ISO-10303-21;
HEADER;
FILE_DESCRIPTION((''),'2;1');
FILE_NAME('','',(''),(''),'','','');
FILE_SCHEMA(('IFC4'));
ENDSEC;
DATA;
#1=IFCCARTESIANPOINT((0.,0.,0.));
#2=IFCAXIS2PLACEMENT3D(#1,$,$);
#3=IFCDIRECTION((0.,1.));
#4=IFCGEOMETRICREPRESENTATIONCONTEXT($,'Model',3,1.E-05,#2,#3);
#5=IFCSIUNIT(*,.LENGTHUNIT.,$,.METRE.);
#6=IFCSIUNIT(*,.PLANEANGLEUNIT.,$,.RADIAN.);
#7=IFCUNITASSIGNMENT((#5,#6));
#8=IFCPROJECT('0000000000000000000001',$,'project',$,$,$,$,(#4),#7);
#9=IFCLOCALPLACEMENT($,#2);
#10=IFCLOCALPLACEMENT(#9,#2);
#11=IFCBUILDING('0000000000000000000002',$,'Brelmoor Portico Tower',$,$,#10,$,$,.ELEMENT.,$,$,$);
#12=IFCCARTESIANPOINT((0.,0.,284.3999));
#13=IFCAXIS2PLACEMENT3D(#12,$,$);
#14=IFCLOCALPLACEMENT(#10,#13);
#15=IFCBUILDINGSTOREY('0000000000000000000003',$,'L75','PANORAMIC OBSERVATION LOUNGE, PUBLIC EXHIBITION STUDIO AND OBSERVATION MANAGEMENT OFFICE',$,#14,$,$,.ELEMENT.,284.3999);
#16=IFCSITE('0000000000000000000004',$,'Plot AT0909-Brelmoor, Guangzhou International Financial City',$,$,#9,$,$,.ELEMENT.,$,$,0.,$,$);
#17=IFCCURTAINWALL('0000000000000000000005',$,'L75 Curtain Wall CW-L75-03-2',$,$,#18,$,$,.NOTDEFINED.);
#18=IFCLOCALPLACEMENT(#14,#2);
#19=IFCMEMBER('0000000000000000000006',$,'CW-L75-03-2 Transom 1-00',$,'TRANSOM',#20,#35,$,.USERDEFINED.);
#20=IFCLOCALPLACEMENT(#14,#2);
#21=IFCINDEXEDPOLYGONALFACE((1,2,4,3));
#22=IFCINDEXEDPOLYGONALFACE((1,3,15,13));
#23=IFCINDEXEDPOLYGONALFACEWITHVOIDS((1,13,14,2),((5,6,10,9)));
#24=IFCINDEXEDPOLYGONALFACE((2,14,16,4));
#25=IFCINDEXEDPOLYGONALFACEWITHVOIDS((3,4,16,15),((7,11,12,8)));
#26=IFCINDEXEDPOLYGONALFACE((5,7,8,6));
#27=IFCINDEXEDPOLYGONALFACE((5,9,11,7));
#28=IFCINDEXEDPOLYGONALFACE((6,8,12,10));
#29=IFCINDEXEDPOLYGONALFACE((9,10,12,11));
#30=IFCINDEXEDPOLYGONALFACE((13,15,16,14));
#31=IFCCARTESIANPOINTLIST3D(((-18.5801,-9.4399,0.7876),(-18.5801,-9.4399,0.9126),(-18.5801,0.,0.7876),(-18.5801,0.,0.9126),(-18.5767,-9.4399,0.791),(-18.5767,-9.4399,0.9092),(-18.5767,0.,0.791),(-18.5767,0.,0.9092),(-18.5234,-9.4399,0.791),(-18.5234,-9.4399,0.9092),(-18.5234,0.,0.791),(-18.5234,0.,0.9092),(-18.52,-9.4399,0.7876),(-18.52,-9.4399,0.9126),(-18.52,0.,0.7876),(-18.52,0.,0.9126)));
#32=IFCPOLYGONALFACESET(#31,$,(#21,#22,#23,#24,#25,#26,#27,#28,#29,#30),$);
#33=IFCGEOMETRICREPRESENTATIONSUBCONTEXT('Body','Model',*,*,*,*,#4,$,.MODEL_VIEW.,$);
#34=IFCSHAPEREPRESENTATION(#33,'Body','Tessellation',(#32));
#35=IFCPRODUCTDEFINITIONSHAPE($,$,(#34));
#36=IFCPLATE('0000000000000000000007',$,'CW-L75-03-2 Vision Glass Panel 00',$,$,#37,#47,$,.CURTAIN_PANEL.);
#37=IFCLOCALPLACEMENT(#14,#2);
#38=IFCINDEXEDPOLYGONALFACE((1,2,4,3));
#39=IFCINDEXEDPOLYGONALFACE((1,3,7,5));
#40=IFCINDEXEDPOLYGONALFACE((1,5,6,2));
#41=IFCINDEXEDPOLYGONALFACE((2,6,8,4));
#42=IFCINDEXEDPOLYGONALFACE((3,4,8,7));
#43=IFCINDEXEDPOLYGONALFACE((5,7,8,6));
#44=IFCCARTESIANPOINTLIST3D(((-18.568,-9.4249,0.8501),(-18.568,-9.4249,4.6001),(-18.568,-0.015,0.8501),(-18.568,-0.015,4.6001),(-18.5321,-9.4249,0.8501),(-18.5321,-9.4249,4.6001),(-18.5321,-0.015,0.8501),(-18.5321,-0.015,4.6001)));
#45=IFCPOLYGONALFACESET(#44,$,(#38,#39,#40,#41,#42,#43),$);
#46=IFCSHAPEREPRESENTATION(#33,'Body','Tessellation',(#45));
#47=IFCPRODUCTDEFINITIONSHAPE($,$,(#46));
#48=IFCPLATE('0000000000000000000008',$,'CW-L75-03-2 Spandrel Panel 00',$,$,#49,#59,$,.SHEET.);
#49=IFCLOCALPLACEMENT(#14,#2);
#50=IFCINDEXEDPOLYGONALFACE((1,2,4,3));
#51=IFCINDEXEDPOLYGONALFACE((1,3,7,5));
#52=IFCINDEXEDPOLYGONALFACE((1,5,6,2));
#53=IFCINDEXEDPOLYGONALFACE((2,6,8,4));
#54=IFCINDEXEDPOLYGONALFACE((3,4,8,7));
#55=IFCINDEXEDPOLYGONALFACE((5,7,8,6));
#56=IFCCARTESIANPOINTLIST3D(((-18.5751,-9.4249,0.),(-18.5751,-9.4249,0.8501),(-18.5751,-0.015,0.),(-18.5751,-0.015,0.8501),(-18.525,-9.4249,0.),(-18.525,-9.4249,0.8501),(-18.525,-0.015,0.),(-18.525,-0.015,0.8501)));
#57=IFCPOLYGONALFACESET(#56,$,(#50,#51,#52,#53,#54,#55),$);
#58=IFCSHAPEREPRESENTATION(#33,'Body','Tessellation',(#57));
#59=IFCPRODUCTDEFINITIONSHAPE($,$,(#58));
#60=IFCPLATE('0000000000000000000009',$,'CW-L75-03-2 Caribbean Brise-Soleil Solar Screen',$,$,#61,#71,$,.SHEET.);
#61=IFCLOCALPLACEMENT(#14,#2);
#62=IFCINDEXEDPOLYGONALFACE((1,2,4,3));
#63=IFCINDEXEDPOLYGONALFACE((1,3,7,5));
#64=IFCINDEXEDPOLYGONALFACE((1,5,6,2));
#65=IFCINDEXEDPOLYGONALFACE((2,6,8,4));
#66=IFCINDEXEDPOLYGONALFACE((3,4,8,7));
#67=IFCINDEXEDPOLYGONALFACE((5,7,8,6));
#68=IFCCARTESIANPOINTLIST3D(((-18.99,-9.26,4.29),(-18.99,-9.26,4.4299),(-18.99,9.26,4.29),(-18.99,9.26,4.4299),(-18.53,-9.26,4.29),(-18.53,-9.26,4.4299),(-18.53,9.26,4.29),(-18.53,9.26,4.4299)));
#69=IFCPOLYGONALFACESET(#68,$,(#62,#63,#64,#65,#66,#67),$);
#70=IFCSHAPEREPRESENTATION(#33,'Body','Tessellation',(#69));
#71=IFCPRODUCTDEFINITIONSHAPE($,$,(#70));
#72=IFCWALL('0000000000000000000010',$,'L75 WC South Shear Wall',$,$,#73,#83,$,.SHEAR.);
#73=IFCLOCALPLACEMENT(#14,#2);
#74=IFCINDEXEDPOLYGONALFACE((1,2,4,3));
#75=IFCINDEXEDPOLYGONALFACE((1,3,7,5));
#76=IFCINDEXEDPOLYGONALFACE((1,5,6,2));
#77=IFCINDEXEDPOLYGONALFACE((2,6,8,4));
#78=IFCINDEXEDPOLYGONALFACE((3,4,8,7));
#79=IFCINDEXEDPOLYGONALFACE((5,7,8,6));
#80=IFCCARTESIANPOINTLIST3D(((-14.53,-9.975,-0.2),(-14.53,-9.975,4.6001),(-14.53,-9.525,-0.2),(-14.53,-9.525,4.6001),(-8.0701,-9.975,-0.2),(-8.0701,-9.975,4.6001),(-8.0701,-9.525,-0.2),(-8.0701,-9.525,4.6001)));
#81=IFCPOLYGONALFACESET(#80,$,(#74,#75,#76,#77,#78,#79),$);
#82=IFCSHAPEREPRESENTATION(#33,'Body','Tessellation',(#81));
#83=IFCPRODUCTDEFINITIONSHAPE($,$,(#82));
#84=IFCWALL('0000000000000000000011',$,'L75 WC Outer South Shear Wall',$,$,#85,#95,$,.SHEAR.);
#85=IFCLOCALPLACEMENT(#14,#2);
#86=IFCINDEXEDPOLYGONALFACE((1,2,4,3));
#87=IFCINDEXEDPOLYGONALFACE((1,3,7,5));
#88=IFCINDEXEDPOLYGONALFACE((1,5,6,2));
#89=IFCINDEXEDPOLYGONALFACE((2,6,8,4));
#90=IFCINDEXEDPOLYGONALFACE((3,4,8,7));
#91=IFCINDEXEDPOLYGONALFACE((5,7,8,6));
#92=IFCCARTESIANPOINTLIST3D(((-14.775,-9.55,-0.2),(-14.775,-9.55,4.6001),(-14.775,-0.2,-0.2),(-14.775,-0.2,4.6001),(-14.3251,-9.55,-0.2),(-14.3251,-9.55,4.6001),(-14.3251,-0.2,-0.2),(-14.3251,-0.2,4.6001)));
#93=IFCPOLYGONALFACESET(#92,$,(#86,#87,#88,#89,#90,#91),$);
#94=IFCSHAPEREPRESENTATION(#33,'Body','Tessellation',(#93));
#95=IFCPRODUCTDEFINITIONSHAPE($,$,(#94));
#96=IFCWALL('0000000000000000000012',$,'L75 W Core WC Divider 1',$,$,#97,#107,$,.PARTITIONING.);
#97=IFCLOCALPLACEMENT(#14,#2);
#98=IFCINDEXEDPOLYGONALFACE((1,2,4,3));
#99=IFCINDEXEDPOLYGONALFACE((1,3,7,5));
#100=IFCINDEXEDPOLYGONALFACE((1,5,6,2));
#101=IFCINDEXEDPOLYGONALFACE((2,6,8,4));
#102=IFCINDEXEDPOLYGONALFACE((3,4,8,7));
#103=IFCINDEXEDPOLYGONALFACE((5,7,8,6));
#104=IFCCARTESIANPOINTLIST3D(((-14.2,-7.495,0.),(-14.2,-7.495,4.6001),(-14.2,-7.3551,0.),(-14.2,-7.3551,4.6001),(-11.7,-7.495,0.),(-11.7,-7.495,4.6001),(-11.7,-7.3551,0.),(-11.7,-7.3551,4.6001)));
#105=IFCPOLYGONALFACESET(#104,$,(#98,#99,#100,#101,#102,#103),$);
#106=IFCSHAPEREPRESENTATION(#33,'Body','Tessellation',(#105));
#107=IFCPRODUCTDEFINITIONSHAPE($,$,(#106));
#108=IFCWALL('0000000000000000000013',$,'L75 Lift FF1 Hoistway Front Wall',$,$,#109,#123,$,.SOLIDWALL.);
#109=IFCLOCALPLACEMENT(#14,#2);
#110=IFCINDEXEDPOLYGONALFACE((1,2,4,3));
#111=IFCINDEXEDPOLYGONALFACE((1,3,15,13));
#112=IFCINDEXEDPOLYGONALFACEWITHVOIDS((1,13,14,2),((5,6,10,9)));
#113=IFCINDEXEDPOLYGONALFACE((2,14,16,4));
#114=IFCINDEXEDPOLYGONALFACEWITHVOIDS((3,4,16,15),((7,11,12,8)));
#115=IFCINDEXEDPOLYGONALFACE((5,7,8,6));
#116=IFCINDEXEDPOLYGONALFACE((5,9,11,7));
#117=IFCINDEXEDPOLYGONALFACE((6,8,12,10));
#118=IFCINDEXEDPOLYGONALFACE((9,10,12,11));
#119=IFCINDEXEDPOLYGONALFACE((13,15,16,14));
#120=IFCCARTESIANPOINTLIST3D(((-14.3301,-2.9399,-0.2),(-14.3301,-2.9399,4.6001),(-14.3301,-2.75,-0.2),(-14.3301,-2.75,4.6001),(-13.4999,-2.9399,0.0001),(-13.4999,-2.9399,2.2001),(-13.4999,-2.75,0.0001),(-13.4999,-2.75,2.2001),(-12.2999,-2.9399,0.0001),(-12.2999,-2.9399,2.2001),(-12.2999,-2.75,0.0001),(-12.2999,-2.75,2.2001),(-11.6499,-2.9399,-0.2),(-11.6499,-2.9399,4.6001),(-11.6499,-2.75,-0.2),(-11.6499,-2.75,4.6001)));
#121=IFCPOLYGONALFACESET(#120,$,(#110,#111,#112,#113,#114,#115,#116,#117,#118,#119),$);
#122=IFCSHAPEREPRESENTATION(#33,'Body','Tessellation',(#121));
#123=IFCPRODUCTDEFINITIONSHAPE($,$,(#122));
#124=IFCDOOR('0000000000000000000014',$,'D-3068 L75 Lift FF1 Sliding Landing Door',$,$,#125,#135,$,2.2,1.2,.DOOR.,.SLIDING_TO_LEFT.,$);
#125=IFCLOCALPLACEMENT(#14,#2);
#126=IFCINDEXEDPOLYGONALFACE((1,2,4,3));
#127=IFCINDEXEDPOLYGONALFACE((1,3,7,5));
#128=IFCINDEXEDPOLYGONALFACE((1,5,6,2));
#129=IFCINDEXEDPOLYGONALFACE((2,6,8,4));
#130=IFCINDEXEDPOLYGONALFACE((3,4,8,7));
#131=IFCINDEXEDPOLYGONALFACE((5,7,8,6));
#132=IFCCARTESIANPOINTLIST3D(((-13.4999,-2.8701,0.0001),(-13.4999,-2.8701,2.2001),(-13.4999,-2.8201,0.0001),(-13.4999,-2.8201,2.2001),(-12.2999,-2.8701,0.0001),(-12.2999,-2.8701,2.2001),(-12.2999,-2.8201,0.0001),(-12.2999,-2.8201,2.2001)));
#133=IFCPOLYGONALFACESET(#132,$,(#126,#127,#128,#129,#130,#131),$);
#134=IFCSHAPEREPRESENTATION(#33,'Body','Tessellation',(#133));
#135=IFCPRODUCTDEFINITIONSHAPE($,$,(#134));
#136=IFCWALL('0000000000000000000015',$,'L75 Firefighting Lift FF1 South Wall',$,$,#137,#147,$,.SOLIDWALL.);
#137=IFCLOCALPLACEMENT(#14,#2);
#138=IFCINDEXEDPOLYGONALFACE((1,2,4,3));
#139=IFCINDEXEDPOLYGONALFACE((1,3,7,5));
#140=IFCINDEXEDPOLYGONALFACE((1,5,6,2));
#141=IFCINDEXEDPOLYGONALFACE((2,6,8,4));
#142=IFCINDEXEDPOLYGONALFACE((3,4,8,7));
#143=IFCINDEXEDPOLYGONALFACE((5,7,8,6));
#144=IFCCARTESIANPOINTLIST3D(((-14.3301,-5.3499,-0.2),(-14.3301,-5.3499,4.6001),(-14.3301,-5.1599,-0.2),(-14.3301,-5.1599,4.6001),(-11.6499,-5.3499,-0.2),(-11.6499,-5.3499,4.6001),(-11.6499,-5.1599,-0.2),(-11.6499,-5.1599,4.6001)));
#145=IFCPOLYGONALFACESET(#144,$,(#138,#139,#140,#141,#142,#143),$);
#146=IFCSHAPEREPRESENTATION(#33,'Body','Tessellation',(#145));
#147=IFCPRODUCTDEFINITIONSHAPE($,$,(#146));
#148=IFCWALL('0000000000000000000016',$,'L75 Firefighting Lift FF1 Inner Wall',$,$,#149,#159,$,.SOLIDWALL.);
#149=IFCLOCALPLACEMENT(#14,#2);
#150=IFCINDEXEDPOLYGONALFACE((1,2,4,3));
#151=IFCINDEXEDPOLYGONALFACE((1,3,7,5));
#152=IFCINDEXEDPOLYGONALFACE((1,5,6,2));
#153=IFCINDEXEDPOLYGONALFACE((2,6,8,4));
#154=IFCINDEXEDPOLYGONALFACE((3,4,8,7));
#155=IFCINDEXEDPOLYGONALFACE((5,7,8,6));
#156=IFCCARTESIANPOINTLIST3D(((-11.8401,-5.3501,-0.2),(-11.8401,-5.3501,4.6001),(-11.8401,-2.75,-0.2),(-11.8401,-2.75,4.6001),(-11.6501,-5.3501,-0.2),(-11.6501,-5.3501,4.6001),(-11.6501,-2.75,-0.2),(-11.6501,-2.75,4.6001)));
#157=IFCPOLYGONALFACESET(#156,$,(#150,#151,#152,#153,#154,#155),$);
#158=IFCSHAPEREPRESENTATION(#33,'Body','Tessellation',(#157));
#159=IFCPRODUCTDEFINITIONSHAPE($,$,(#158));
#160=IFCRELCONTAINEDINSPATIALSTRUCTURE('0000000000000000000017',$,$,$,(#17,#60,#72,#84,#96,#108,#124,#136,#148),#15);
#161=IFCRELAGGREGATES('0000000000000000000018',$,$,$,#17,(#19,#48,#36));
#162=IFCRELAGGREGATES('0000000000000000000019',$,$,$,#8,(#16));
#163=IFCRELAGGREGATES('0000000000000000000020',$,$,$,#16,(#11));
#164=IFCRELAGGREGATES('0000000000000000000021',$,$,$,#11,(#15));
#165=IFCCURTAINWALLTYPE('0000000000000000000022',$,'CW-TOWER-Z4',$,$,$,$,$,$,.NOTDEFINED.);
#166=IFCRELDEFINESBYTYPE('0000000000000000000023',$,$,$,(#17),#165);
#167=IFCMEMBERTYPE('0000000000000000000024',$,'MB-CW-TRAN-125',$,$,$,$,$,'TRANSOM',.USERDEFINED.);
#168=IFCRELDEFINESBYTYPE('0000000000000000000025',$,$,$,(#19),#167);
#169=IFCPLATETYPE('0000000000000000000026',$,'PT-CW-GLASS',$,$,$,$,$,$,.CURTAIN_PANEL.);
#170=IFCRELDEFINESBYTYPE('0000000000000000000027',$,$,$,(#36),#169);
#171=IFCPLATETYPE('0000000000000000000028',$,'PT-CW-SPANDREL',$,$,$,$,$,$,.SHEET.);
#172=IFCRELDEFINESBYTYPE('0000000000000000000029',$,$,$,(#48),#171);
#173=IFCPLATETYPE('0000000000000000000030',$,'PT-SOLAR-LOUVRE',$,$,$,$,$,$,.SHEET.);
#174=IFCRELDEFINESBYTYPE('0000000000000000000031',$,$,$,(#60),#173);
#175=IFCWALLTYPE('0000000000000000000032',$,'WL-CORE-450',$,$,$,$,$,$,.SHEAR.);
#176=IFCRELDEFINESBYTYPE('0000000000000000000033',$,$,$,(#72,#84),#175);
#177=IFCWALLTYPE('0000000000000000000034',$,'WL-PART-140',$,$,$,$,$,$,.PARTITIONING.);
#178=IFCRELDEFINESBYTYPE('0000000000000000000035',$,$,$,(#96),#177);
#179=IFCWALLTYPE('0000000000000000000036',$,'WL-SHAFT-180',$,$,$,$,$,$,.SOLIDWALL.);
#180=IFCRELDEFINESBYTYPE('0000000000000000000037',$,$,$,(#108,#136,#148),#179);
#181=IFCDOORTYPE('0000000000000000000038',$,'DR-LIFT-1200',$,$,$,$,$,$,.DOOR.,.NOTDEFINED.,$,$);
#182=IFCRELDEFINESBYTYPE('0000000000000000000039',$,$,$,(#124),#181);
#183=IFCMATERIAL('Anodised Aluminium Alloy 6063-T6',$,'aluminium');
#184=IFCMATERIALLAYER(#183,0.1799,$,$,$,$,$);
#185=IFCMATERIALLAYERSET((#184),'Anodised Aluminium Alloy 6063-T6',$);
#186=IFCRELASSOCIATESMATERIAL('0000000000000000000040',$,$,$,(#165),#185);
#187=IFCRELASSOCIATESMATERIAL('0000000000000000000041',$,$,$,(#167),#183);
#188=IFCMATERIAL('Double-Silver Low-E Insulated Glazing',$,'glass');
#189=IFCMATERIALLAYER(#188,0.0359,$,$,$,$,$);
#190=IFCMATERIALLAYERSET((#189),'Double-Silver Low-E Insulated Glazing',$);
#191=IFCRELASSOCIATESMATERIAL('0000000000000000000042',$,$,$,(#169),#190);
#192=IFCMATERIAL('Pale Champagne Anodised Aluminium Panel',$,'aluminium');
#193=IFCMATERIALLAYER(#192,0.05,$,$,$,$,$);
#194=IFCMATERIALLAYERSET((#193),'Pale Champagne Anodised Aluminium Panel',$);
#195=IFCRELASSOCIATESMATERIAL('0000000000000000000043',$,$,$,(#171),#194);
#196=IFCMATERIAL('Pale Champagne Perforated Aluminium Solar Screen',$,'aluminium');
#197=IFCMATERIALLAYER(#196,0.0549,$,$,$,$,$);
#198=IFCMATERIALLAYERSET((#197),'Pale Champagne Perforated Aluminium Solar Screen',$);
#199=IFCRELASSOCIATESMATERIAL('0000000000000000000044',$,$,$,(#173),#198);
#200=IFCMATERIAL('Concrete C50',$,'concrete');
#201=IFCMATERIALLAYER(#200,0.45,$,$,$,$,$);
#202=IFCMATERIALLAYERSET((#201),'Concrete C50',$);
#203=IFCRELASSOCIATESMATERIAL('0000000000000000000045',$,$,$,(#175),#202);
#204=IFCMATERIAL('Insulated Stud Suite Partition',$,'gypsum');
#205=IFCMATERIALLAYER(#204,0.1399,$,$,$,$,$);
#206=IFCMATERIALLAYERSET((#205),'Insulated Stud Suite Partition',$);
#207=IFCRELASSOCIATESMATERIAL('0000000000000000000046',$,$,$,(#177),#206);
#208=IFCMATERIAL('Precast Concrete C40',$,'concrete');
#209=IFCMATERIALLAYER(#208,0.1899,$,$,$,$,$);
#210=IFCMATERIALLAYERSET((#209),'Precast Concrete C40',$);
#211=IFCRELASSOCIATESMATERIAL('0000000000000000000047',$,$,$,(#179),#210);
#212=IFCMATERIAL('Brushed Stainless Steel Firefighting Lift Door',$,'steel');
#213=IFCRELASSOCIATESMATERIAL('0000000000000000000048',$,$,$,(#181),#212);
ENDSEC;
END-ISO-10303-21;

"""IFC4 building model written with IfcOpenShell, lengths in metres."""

from ifc_helpers import new_model, si_unit, direction, frame, frame_2d, origin, origin_2d, place, context, subcontext, project, spatial, rectangle, hollow_rectangle, extrude, material, layer, layer_set, material_profile, profile_set, type_object, element, fill, aggregate, save


model = new_model("IFC4")

# Units and contexts
model_context = context("Model", 3, precision=1e-05, world=origin(), true_north=direction((0.0, 1.0)))
body_context = subcontext(model_context, "Body", "Model", "MODEL_VIEW")
ifc_project = project(units=[si_unit("LENGTHUNIT", "METRE"), si_unit("PLANEANGLEUNIT", "RADIAN")], contexts=[model_context])

# Site, building, storey
site_placement = place(None, origin())
site = spatial("IfcSite", under=ifc_project, at=site_placement, Name="Plot AT0909-Brelmoor, Guangzhou International Financial City", CompositionType="ELEMENT", RefElevation=0.0)
building_placement = place(site_placement, origin())
building = spatial("IfcBuilding", under=site, at=building_placement, Name="Brelmoor Portico Tower", CompositionType="ELEMENT")
storey_placement = place(building_placement, frame((0.0, 0.0, 284.3999)))
storey = spatial("IfcBuildingStorey", under=building, at=storey_placement, Name="L75", Description="PANORAMIC OBSERVATION LOUNGE, PUBLIC EXHIBITION STUDIO AND OBSERVATION MANAGEMENT OFFICE", CompositionType="ELEMENT", Elevation=284.3999)

# Curtain wall, member, plates
ifc_material_1 = material(Name="Anodised Aluminium Alloy 6063-T6", Category="aluminium")
ifc_layer_1 = layer(ifc_material_1, 0.1799)
ifc_layer_set_1 = layer_set([ifc_layer_1], Name="Anodised Aluminium Alloy 6063-T6")
curtain_wall_type = type_object("IfcCurtainWallType", Name="CW-TOWER-Z4", PredefinedType="NOTDEFINED", material=ifc_layer_set_1)
curtain_wall_placement = place(storey_placement, origin())
curtain_wall = element("IfcCurtainWall", 1, at=curtain_wall_placement, inside=storey, type_object=curtain_wall_type, Name="L75 Curtain Wall CW-L75-03-2", PredefinedType="NOTDEFINED")
ifc_material_profile_1 = material_profile(ifc_material_1, hollow_rectangle(XDim=0.0601, YDim=0.125, WallThickness=0.0034, at=origin_2d()), Name="ALU TRANSOM 60x125")
ifc_profile_set_1 = profile_set([ifc_material_profile_1], Name="Anodised Aluminium Alloy 6063-T6")
member_type_1 = type_object("IfcMemberType", Name="MB-CW-TRAN-125", ElementType="TRANSOM", PredefinedType="USERDEFINED", material=ifc_profile_set_1)
member_1_placement = place(storey_placement, frame((-18.55, -9.4399, 0.8501), z_axis=(0.0, 1.0, 0.0), x_axis=(-1.0, 0.0, 0.0)))
member_1 = element("IfcMember", 2, at=member_1_placement, type_object=member_type_1, Name="CW-L75-03-2 Transom 1-00", ObjectType="TRANSOM", PredefinedType="USERDEFINED", context=body_context, shape_type="SweptSolid", body=[
    extrude(hollow_rectangle(XDim=0.0601, YDim=0.125, WallThickness=0.0034, at=origin_2d()), origin(), (0.0, 0.0, 1.0), 9.4399),
])
ifc_material_2 = material(Name="Double-Silver Low-E Insulated Glazing", Category="glass")
ifc_layer_2 = layer(ifc_material_2, 0.0359)
ifc_layer_set_2 = layer_set([ifc_layer_2], Name="Double-Silver Low-E Insulated Glazing")
plate_type_1 = type_object("IfcPlateType", Name="PT-CW-GLASS", PredefinedType="CURTAIN_PANEL", material=ifc_layer_set_2)
plate_1_placement = place(storey_placement, frame((-18.55, -4.72, 0.8501), z_axis=(0.0, 0.0, 1.0), x_axis=(0.0, 1.0, 0.0)))
plate_1 = element("IfcPlate", 3, at=plate_1_placement, type_object=plate_type_1, Name="CW-L75-03-2 Vision Glass Panel 00", PredefinedType="CURTAIN_PANEL", context=body_context, shape_type="SweptSolid", body=[
    extrude(rectangle(XDim=9.4099, YDim=0.0359, at=origin_2d()), origin(), (0.0, 0.0, 1.0), 3.75),
])
ifc_material_3 = material(Name="Pale Champagne Anodised Aluminium Panel", Category="aluminium")
ifc_layer_3 = layer(ifc_material_3, 0.05)
ifc_layer_set_3 = layer_set([ifc_layer_3], Name="Pale Champagne Anodised Aluminium Panel")
plate_type_2 = type_object("IfcPlateType", Name="PT-CW-SPANDREL", PredefinedType="SHEET", material=ifc_layer_set_3)
plate_2_placement = place(storey_placement, frame((-18.55, -4.72, 0.0), z_axis=(0.0, 0.0, 1.0), x_axis=(0.0, 1.0, 0.0)))
plate_2 = element("IfcPlate", 4, at=plate_2_placement, type_object=plate_type_2, Name="CW-L75-03-2 Spandrel Panel 00", PredefinedType="SHEET", context=body_context, shape_type="SweptSolid", body=[
    extrude(rectangle(XDim=9.4099, YDim=0.05, at=origin_2d()), origin(), (0.0, 0.0, 1.0), 0.8501),
])
aggregate(curtain_wall, [member_1, plate_2, plate_1])

# Plate
ifc_material_4 = material(Name="Pale Champagne Perforated Aluminium Solar Screen", Category="aluminium")
ifc_layer_4 = layer(ifc_material_4, 0.0549)
ifc_layer_set_4 = layer_set([ifc_layer_4], Name="Pale Champagne Perforated Aluminium Solar Screen")
plate_type_3 = type_object("IfcPlateType", Name="PT-SOLAR-LOUVRE", PredefinedType="SHEET", material=ifc_layer_set_4)
plate_3_placement = place(storey_placement, frame((-18.76, 0.0, 4.29), z_axis=(0.0, 0.0, 1.0), x_axis=(0.0, 1.0, 0.0)))
element("IfcPlate", 5, at=plate_3_placement, inside=storey, type_object=plate_type_3, Name="CW-L75-03-2 Caribbean Brise-Soleil Solar Screen", PredefinedType="SHEET", context=body_context, shape_type="SweptSolid", body=[
    extrude(rectangle(XDim=18.52, YDim=0.46, at=origin_2d()), origin(), (0.0, 0.0, 1.0), 0.1399),
])

# Walls
ifc_material_5 = material(Name="Concrete C50", Category="concrete")
ifc_layer_5 = layer(ifc_material_5, 0.45)
ifc_layer_set_5 = layer_set([ifc_layer_5], Name="Concrete C50")
wall_type_1 = type_object("IfcWallType", Name="WL-CORE-450", PredefinedType="SHEAR", material=ifc_layer_set_5)
wall_1_placement = place(storey_placement, frame((-14.53, -9.75, -0.2), z_axis=(0.0, 0.0, 1.0), x_axis=(1.0, 0.0, 0.0)))
element("IfcWall", 6, at=wall_1_placement, inside=storey, type_object=wall_type_1, Name="L75 WC South Shear Wall", PredefinedType="SHEAR", context=body_context, shape_type="SweptSolid", body=[
    extrude(rectangle(XDim=6.46, YDim=0.45, at=frame_2d((3.23, 0.0))), origin(), (0.0, 0.0, 1.0), 4.8),
])
wall_2_placement = place(storey_placement, frame((-14.55, -9.55, -0.2), z_axis=(0.0, 0.0, 1.0), x_axis=(0.0, 1.0, 0.0)))
element("IfcWall", 7, at=wall_2_placement, inside=storey, type_object=wall_type_1, Name="L75 WC Outer South Shear Wall", PredefinedType="SHEAR", context=body_context, shape_type="SweptSolid", body=[
    extrude(rectangle(XDim=9.3501, YDim=0.45, at=frame_2d((4.675, 0.0))), origin(), (0.0, 0.0, 1.0), 4.8),
])
ifc_material_6 = material(Name="Insulated Stud Suite Partition", Category="gypsum")
ifc_layer_6 = layer(ifc_material_6, 0.1399)
ifc_layer_set_6 = layer_set([ifc_layer_6], Name="Insulated Stud Suite Partition")
wall_type_2 = type_object("IfcWallType", Name="WL-PART-140", PredefinedType="PARTITIONING", material=ifc_layer_set_6)
wall_3_placement = place(storey_placement, frame((-11.7, -7.425, 0.0), z_axis=(0.0, 0.0, 1.0), x_axis=(-1.0, 0.0, 0.0)))
element("IfcWall", 8, at=wall_3_placement, inside=storey, type_object=wall_type_2, Name="L75 W Core WC Divider 1", PredefinedType="PARTITIONING", context=body_context, shape_type="SweptSolid", body=[
    extrude(rectangle(XDim=2.5, YDim=0.1399, at=frame_2d((1.25, 0.0))), origin(), (0.0, 0.0, 1.0), 4.6001),
])

# Wall, opening, door
ifc_material_7 = material(Name="Precast Concrete C40", Category="concrete")
ifc_layer_7 = layer(ifc_material_7, 0.1899)
ifc_layer_set_7 = layer_set([ifc_layer_7], Name="Precast Concrete C40")
wall_type_3 = type_object("IfcWallType", Name="WL-SHAFT-180", PredefinedType="SOLIDWALL", material=ifc_layer_set_7)
wall_4_placement = place(storey_placement, frame((-14.3301, -2.845, -0.2), z_axis=(0.0, 0.0, 1.0), x_axis=(1.0, 0.0, 0.0)))
wall_4 = element("IfcWall", 9, at=wall_4_placement, inside=storey, type_object=wall_type_3, Name="L75 Lift FF1 Hoistway Front Wall", PredefinedType="SOLIDWALL", context=body_context, shape_type="SweptSolid", body=[
    extrude(rectangle(XDim=2.6802, YDim=0.1899, at=frame_2d((1.3401, 0.0))), origin(), (0.0, 0.0, 1.0), 4.8),
])
opening_1_placement = place(wall_4_placement, frame((0.8301, 0.0, 0.2)))
opening_1 = element("IfcOpeningElement", 10, at=opening_1_placement, cuts=wall_4, PredefinedType="OPENING", context=body_context, shape_type="SweptSolid", body=[
    extrude(rectangle(XDim=1.2, YDim=2.2, at=frame_2d((0.6001, 1.1001))), frame((0.0, 0.105, 0.0), z_axis=(0.0, -1.0, 0.0), x_axis=(1.0, 0.0, 0.0)), (0.0, 0.0, 1.0), 0.21),
])
ifc_material_8 = material(Name="Brushed Stainless Steel Firefighting Lift Door", Category="steel")
door_type_1 = type_object("IfcDoorType", Name="DR-LIFT-1200", OperationType="NOTDEFINED", PredefinedType="DOOR", material=ifc_material_8)
door_1_placement = place(opening_1_placement, origin())
door_1 = element("IfcDoor", 11, at=door_1_placement, inside=storey, type_object=door_type_1, Name="D-3068 L75 Lift FF1 Sliding Landing Door", OperationType="SLIDING_TO_LEFT", OverallHeight=2.2, OverallWidth=1.2, PredefinedType="DOOR", context=body_context, shape_type="SweptSolid", body=[
    extrude(rectangle(XDim=1.2, YDim=2.2, at=frame_2d((0.6001, 1.1001))), frame((0.0, 0.0249, 0.0), z_axis=(0.0, -1.0, 0.0), x_axis=(1.0, 0.0, 0.0)), (0.0, 0.0, 1.0), 0.05),
])
fill(opening_1, door_1)

# Walls
wall_5_placement = place(storey_placement, frame((-14.3301, -5.2549, -0.2), z_axis=(0.0, 0.0, 1.0), x_axis=(1.0, 0.0, 0.0)))
element("IfcWall", 12, at=wall_5_placement, inside=storey, type_object=wall_type_3, Name="L75 Firefighting Lift FF1 South Wall", PredefinedType="SOLIDWALL", context=body_context, shape_type="SweptSolid", body=[
    extrude(rectangle(XDim=2.6802, YDim=0.1899, at=frame_2d((1.3401, 0.0))), origin(), (0.0, 0.0, 1.0), 4.8),
])
wall_6_placement = place(storey_placement, frame((-11.7451, -5.3501, -0.2), z_axis=(0.0, 0.0, 1.0), x_axis=(0.0, 1.0, 0.0)))
element("IfcWall", 13, at=wall_6_placement, inside=storey, type_object=wall_type_3, Name="L75 Firefighting Lift FF1 Inner Wall", PredefinedType="SOLIDWALL", context=body_context, shape_type="SweptSolid", body=[
    extrude(rectangle(XDim=2.6001, YDim=0.1899, at=frame_2d((1.3, 0.0))), origin(), (0.0, 0.0, 1.0), 4.8),
])

save(model, "model.ifc")
